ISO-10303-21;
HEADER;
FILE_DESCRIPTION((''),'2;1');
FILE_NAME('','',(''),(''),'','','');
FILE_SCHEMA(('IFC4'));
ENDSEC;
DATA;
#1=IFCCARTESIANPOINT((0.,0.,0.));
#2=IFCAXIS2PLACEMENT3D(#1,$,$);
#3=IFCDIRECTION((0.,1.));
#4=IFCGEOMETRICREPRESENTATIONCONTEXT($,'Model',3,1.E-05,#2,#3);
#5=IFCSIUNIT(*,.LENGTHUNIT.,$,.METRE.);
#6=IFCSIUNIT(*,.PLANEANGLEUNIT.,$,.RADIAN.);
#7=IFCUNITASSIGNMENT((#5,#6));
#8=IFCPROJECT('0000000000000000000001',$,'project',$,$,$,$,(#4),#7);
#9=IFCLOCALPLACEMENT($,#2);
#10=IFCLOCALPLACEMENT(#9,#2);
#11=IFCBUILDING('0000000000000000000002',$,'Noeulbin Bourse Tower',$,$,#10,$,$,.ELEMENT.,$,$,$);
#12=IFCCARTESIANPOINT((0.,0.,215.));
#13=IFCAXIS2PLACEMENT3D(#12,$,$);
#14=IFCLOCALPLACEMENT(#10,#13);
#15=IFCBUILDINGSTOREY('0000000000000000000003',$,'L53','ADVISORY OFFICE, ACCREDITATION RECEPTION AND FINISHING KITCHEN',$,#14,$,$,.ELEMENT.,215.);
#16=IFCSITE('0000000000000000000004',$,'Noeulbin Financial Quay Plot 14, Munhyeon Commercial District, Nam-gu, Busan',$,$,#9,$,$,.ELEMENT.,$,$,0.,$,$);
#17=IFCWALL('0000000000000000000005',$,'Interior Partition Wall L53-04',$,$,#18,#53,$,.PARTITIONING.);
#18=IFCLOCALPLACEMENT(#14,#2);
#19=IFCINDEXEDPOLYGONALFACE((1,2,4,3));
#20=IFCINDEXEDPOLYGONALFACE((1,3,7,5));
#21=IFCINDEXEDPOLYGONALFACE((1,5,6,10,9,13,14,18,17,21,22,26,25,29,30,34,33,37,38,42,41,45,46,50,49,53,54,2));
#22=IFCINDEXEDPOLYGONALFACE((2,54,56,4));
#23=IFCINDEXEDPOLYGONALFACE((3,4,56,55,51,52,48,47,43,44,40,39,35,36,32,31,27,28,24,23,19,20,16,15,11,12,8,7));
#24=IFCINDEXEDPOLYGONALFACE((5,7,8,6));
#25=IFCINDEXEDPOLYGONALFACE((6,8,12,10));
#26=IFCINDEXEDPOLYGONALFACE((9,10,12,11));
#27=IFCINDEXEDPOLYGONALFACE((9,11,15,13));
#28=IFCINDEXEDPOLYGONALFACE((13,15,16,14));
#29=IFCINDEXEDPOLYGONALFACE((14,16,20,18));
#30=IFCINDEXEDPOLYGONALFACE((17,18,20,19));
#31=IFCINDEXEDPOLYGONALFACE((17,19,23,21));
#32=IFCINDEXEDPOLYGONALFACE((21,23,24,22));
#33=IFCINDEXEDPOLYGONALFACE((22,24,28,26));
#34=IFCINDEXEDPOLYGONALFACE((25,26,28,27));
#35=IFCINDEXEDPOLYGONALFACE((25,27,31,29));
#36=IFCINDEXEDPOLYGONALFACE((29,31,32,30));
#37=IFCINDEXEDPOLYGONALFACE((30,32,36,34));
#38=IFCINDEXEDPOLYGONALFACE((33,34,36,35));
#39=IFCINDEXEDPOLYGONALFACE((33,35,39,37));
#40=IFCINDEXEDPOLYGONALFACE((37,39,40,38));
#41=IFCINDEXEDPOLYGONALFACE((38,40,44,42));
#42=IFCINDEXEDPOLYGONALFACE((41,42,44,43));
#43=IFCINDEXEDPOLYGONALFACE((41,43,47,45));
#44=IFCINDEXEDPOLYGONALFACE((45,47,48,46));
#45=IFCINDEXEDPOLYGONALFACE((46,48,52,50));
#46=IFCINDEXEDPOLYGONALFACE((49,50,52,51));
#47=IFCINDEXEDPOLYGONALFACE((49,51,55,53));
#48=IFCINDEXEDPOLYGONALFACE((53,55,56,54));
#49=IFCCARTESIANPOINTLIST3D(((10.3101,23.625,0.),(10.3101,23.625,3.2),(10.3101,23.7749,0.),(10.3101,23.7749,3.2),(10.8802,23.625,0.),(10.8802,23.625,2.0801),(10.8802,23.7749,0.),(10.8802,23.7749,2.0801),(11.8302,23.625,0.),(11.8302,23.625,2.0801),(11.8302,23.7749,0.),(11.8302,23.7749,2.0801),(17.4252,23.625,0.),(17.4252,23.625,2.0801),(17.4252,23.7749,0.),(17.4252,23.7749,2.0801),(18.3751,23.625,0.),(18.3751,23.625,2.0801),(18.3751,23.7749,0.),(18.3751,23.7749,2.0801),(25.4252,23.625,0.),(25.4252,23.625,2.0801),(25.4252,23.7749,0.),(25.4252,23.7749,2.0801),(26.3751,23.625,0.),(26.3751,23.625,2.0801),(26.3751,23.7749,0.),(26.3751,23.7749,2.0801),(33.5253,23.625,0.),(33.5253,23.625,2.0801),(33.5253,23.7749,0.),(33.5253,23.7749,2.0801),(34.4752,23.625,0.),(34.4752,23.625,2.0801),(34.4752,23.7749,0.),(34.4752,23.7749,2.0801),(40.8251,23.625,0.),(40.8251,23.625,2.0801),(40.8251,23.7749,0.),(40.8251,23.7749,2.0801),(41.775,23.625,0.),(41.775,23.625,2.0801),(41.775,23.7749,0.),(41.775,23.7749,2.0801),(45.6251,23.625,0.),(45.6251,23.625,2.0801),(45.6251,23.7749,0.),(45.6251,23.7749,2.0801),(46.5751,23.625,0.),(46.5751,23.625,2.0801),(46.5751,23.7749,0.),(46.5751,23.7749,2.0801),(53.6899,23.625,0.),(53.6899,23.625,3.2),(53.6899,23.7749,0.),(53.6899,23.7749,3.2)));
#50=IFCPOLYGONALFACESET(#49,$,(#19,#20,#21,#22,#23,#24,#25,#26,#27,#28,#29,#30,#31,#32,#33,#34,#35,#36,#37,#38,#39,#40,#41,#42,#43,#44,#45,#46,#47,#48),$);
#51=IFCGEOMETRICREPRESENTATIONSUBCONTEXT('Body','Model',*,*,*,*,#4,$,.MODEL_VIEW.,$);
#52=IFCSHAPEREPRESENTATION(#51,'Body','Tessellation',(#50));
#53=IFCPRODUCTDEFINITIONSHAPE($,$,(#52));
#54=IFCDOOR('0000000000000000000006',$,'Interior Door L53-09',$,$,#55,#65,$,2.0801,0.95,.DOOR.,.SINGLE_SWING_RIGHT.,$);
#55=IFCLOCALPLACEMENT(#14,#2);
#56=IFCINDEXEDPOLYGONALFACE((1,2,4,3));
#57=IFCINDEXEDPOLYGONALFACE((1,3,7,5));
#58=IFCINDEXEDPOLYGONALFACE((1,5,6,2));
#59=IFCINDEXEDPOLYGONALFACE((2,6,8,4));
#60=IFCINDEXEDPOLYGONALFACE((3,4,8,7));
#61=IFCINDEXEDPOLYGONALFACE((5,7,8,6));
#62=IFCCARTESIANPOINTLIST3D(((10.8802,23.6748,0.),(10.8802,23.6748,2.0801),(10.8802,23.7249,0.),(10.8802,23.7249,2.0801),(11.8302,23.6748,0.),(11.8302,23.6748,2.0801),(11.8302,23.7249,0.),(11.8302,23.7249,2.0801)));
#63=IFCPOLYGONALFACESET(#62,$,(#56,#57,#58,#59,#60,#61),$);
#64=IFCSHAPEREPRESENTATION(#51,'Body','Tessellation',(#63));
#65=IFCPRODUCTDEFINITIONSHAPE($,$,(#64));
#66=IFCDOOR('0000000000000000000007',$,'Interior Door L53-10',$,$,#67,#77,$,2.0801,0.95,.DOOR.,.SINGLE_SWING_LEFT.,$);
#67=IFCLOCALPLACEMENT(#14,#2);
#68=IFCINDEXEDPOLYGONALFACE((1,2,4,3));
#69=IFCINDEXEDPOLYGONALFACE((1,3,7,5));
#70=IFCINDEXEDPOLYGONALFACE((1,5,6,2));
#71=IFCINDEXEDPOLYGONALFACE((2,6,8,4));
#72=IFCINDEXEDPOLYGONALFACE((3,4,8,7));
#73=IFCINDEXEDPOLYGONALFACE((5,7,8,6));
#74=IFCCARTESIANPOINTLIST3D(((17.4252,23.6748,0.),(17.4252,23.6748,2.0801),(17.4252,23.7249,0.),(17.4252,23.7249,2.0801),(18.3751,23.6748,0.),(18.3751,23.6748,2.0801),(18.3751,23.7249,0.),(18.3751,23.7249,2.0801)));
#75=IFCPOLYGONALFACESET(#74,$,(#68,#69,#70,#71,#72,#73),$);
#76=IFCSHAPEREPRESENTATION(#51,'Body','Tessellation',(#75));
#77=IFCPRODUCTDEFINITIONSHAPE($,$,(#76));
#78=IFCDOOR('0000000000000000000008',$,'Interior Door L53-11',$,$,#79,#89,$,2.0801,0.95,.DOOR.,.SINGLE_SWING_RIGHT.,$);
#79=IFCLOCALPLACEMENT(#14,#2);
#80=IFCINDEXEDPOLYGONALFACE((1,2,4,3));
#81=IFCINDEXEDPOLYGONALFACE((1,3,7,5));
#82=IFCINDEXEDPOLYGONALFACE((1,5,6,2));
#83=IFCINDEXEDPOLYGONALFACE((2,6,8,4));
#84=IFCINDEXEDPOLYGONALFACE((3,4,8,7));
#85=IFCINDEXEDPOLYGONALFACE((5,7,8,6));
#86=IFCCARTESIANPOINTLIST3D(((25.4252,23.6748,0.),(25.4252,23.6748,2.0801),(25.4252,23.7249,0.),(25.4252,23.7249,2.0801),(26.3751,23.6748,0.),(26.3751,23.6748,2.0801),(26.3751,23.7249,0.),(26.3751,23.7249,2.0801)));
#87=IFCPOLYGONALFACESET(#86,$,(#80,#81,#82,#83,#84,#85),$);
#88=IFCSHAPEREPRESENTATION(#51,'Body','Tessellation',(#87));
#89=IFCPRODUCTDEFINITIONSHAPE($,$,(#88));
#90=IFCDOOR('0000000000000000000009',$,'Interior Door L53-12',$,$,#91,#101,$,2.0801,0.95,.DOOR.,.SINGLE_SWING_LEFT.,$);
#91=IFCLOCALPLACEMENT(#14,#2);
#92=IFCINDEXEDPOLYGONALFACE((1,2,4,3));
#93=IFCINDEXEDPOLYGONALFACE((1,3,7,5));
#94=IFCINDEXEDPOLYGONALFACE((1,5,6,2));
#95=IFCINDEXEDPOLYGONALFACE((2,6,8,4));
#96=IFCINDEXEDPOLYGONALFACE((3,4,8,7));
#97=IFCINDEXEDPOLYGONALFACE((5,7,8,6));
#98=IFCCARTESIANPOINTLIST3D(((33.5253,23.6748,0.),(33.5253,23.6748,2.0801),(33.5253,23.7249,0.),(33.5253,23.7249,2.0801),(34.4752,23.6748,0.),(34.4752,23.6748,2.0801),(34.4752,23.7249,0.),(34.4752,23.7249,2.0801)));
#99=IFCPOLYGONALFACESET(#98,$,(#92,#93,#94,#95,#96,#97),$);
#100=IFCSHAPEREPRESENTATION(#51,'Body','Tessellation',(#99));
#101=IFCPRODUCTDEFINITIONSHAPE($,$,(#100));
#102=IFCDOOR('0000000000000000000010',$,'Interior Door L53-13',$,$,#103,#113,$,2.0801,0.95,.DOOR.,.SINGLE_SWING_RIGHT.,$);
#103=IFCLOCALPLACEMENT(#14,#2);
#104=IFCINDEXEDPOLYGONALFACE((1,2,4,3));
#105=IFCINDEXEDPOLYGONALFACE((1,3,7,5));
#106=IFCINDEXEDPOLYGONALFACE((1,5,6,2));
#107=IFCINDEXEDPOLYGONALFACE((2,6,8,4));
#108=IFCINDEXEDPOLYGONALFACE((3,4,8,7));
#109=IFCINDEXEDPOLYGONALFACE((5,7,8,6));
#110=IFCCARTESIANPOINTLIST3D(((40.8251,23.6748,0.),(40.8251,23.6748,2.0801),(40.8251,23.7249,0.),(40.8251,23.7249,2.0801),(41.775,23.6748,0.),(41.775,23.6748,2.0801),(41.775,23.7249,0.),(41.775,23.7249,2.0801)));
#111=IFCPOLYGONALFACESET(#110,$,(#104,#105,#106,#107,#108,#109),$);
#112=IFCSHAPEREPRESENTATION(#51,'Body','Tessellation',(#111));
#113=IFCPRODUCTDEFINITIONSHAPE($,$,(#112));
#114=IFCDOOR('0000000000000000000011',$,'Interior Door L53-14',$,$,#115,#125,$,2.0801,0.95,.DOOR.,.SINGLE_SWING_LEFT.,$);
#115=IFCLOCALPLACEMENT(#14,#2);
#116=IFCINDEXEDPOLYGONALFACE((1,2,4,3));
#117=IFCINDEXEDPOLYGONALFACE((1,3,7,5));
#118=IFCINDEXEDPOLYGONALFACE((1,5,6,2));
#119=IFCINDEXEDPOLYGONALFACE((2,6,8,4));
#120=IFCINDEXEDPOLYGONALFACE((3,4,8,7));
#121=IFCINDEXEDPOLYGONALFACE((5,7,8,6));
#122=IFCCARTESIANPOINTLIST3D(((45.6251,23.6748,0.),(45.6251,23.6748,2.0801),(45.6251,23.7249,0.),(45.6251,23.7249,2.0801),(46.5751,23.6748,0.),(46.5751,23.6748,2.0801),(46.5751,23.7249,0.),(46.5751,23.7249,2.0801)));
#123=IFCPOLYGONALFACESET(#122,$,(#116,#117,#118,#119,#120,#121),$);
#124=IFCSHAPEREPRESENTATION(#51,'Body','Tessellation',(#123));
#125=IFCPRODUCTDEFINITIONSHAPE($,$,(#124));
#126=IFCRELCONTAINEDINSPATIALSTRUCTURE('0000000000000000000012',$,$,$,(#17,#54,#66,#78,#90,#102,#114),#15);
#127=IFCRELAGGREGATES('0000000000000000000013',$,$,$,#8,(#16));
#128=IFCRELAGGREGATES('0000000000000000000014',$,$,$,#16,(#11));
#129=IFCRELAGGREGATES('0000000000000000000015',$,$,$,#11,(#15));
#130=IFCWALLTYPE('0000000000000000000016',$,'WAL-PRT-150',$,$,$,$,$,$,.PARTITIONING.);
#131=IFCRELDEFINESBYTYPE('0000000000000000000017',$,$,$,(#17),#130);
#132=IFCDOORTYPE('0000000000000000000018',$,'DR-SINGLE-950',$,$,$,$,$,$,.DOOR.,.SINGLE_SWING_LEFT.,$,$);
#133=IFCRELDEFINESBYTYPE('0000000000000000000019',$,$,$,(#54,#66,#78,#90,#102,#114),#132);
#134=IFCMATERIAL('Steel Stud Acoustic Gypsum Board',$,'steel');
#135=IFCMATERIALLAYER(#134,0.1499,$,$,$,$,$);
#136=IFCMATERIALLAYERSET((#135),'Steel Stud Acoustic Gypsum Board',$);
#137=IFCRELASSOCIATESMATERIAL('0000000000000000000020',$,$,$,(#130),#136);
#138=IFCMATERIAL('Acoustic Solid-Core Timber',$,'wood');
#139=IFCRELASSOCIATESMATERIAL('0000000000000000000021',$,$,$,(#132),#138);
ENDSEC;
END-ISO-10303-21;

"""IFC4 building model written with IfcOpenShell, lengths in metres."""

from ifc_helpers import new_model, si_unit, direction, frame, frame_2d, origin, place, context, subcontext, project, spatial, rectangle, extrude, material, layer, layer_set, type_object, element, fill, save


model = new_model("IFC4")

# Units and contexts
model_context = context("Model", 3, precision=1e-05, world=origin(), true_north=direction((0.0, 1.0)))
body_context = subcontext(model_context, "Body", "Model", "MODEL_VIEW")
ifc_project = project(units=[si_unit("LENGTHUNIT", "METRE"), si_unit("PLANEANGLEUNIT", "RADIAN")], contexts=[model_context])

# Site, building, storey
site_placement = place(None, origin())
site = spatial("IfcSite", under=ifc_project, at=site_placement, Name="Noeulbin Financial Quay Plot 14, Munhyeon Commercial District, Nam-gu, Busan", CompositionType="ELEMENT", RefElevation=0.0)
building_placement = place(site_placement, origin())
building = spatial("IfcBuilding", under=site, at=building_placement, Name="Noeulbin Bourse Tower", CompositionType="ELEMENT")
storey_placement = place(building_placement, frame((0.0, 0.0, 215.0)))
storey = spatial("IfcBuildingStorey", under=building, at=storey_placement, Name="L53", Description="ADVISORY OFFICE, ACCREDITATION RECEPTION AND FINISHING KITCHEN", CompositionType="ELEMENT", Elevation=215.0)

# Wall, openings, doors
ifc_material_1 = material(Name="Steel Stud Acoustic Gypsum Board", Category="steel")
ifc_layer_1 = layer(ifc_material_1, 0.1499)
ifc_layer_set_1 = layer_set([ifc_layer_1], Name="Steel Stud Acoustic Gypsum Board")
wall_type = type_object("IfcWallType", Name="WAL-PRT-150", PredefinedType="PARTITIONING", material=ifc_layer_set_1)
wall_placement = place(storey_placement, frame((10.3101, 23.7, 0.0), z_axis=(0.0, 0.0, 1.0), x_axis=(1.0, 0.0, 0.0)))
wall = element("IfcWall", 1, at=wall_placement, inside=storey, type_object=wall_type, Name="Interior Partition Wall L53-04", PredefinedType="PARTITIONING", context=body_context, shape_type="SweptSolid", body=[
    extrude(rectangle(XDim=43.3799, YDim=0.1499, at=frame_2d((21.6899, 0.0))), origin(), (0.0, 0.0, 1.0), 3.2),
])
opening_1_placement = place(wall_placement, frame((0.5701, 0.0, 0.0)))
opening_1 = element("IfcOpeningElement", 2, at=opening_1_placement, cuts=wall, PredefinedType="OPENING", context=body_context, shape_type="SweptSolid", body=[
    extrude(rectangle(XDim=0.95, YDim=2.0801, at=frame_2d((0.4751, 1.04))), frame((0.0, 0.085, 0.0), z_axis=(0.0, -1.0, 0.0), x_axis=(1.0, 0.0, 0.0)), (0.0, 0.0, 1.0), 0.1699),
])
opening_2_placement = place(wall_placement, frame((7.115, 0.0, 0.0)))
opening_2 = element("IfcOpeningElement", 3, at=opening_2_placement, cuts=wall, PredefinedType="OPENING", context=body_context, shape_type="SweptSolid", body=[
    extrude(rectangle(XDim=0.95, YDim=2.0801, at=frame_2d((0.4751, 1.04))), frame((0.0, 0.085, 0.0), z_axis=(0.0, -1.0, 0.0), x_axis=(1.0, 0.0, 0.0)), (0.0, 0.0, 1.0), 0.1699),
])
opening_3_placement = place(wall_placement, frame((15.115, 0.0, 0.0)))
opening_3 = element("IfcOpeningElement", 4, at=opening_3_placement, cuts=wall, PredefinedType="OPENING", context=body_context, shape_type="SweptSolid", body=[
    extrude(rectangle(XDim=0.95, YDim=2.0801, at=frame_2d((0.4751, 1.04))), frame((0.0, 0.085, 0.0), z_axis=(0.0, -1.0, 0.0), x_axis=(1.0, 0.0, 0.0)), (0.0, 0.0, 1.0), 0.1699),
])
opening_4_placement = place(wall_placement, frame((23.2151, 0.0, 0.0)))
opening_4 = element("IfcOpeningElement", 5, at=opening_4_placement, cuts=wall, PredefinedType="OPENING", context=body_context, shape_type="SweptSolid", body=[
    extrude(rectangle(XDim=0.95, YDim=2.0801, at=frame_2d((0.4751, 1.04))), frame((0.0, 0.085, 0.0), z_axis=(0.0, -1.0, 0.0), x_axis=(1.0, 0.0, 0.0)), (0.0, 0.0, 1.0), 0.1699),
])
opening_5_placement = place(wall_placement, frame((30.5149, 0.0, 0.0)))
opening_5 = element("IfcOpeningElement", 6, at=opening_5_placement, cuts=wall, PredefinedType="OPENING", context=body_context, shape_type="SweptSolid", body=[
    extrude(rectangle(XDim=0.95, YDim=2.0801, at=frame_2d((0.4751, 1.04))), frame((0.0, 0.085, 0.0), z_axis=(0.0, -1.0, 0.0), x_axis=(1.0, 0.0, 0.0)), (0.0, 0.0, 1.0), 0.1699),
])
opening_6_placement = place(wall_placement, frame((35.3149, 0.0, 0.0)))
opening_6 = element("IfcOpeningElement", 7, at=opening_6_placement, cuts=wall, PredefinedType="OPENING", context=body_context, shape_type="SweptSolid", body=[
    extrude(rectangle(XDim=0.95, YDim=2.0801, at=frame_2d((0.4751, 1.04))), frame((0.0, 0.085, 0.0), z_axis=(0.0, -1.0, 0.0), x_axis=(1.0, 0.0, 0.0)), (0.0, 0.0, 1.0), 0.1699),
])
ifc_material_2 = material(Name="Acoustic Solid-Core Timber", Category="wood")
door_type = type_object("IfcDoorType", Name="DR-SINGLE-950", OperationType="SINGLE_SWING_LEFT", PredefinedType="DOOR", material=ifc_material_2)
door_1_placement = place(opening_1_placement, origin())
door_1 = element("IfcDoor", 8, at=door_1_placement, inside=storey, type_object=door_type, Name="Interior Door L53-09", OperationType="SINGLE_SWING_RIGHT", OverallHeight=2.0801, OverallWidth=0.95, PredefinedType="DOOR", context=body_context, shape_type="SweptSolid", body=[
    extrude(rectangle(XDim=0.95, YDim=2.0801, at=frame_2d((0.4751, 1.04))), frame((0.0, 0.0249, 0.0), z_axis=(0.0, -1.0, 0.0), x_axis=(1.0, 0.0, 0.0)), (0.0, 0.0, 1.0), 0.05),
])
fill(opening_1, door_1)
door_2_placement = place(opening_2_placement, origin())
door_2 = element("IfcDoor", 9, at=door_2_placement, inside=storey, type_object=door_type, Name="Interior Door L53-10", OperationType="SINGLE_SWING_LEFT", OverallHeight=2.0801, OverallWidth=0.95, PredefinedType="DOOR", context=body_context, shape_type="SweptSolid", body=[
    extrude(rectangle(XDim=0.95, YDim=2.0801, at=frame_2d((0.4751, 1.04))), frame((0.0, 0.0249, 0.0), z_axis=(0.0, -1.0, 0.0), x_axis=(1.0, 0.0, 0.0)), (0.0, 0.0, 1.0), 0.05),
])
fill(opening_2, door_2)
door_3_placement = place(opening_3_placement, origin())
door_3 = element("IfcDoor", 10, at=door_3_placement, inside=storey, type_object=door_type, Name="Interior Door L53-11", OperationType="SINGLE_SWING_RIGHT", OverallHeight=2.0801, OverallWidth=0.95, PredefinedType="DOOR", context=body_context, shape_type="SweptSolid", body=[
    extrude(rectangle(XDim=0.95, YDim=2.0801, at=frame_2d((0.4751, 1.04))), frame((0.0, 0.0249, 0.0), z_axis=(0.0, -1.0, 0.0), x_axis=(1.0, 0.0, 0.0)), (0.0, 0.0, 1.0), 0.05),
])
fill(opening_3, door_3)
door_4_placement = place(opening_4_placement, origin())
door_4 = element("IfcDoor", 11, at=door_4_placement, inside=storey, type_object=door_type, Name="Interior Door L53-12", OperationType="SINGLE_SWING_LEFT", OverallHeight=2.0801, OverallWidth=0.95, PredefinedType="DOOR", context=body_context, shape_type="SweptSolid", body=[
    extrude(rectangle(XDim=0.95, YDim=2.0801, at=frame_2d((0.4751, 1.04))), frame((0.0, 0.0249, 0.0), z_axis=(0.0, -1.0, 0.0), x_axis=(1.0, 0.0, 0.0)), (0.0, 0.0, 1.0), 0.05),
])
fill(opening_4, door_4)
door_5_placement = place(opening_5_placement, origin())
door_5 = element("IfcDoor", 12, at=door_5_placement, inside=storey, type_object=door_type, Name="Interior Door L53-13", OperationType="SINGLE_SWING_RIGHT", OverallHeight=2.0801, OverallWidth=0.95, PredefinedType="DOOR", context=body_context, shape_type="SweptSolid", body=[
    extrude(rectangle(XDim=0.95, YDim=2.0801, at=frame_2d((0.4751, 1.04))), frame((0.0, 0.0249, 0.0), z_axis=(0.0, -1.0, 0.0), x_axis=(1.0, 0.0, 0.0)), (0.0, 0.0, 1.0), 0.05),
])
fill(opening_5, door_5)
door_6_placement = place(opening_6_placement, origin())
door_6 = element("IfcDoor", 13, at=door_6_placement, inside=storey, type_object=door_type, Name="Interior Door L53-14", OperationType="SINGLE_SWING_LEFT", OverallHeight=2.0801, OverallWidth=0.95, PredefinedType="DOOR", context=body_context, shape_type="SweptSolid", body=[
    extrude(rectangle(XDim=0.95, YDim=2.0801, at=frame_2d((0.4751, 1.04))), frame((0.0, 0.0249, 0.0), z_axis=(0.0, -1.0, 0.0), x_axis=(1.0, 0.0, 0.0)), (0.0, 0.0, 1.0), 0.05),
])
fill(opening_6, door_6)

save(model, "model.ifc")
